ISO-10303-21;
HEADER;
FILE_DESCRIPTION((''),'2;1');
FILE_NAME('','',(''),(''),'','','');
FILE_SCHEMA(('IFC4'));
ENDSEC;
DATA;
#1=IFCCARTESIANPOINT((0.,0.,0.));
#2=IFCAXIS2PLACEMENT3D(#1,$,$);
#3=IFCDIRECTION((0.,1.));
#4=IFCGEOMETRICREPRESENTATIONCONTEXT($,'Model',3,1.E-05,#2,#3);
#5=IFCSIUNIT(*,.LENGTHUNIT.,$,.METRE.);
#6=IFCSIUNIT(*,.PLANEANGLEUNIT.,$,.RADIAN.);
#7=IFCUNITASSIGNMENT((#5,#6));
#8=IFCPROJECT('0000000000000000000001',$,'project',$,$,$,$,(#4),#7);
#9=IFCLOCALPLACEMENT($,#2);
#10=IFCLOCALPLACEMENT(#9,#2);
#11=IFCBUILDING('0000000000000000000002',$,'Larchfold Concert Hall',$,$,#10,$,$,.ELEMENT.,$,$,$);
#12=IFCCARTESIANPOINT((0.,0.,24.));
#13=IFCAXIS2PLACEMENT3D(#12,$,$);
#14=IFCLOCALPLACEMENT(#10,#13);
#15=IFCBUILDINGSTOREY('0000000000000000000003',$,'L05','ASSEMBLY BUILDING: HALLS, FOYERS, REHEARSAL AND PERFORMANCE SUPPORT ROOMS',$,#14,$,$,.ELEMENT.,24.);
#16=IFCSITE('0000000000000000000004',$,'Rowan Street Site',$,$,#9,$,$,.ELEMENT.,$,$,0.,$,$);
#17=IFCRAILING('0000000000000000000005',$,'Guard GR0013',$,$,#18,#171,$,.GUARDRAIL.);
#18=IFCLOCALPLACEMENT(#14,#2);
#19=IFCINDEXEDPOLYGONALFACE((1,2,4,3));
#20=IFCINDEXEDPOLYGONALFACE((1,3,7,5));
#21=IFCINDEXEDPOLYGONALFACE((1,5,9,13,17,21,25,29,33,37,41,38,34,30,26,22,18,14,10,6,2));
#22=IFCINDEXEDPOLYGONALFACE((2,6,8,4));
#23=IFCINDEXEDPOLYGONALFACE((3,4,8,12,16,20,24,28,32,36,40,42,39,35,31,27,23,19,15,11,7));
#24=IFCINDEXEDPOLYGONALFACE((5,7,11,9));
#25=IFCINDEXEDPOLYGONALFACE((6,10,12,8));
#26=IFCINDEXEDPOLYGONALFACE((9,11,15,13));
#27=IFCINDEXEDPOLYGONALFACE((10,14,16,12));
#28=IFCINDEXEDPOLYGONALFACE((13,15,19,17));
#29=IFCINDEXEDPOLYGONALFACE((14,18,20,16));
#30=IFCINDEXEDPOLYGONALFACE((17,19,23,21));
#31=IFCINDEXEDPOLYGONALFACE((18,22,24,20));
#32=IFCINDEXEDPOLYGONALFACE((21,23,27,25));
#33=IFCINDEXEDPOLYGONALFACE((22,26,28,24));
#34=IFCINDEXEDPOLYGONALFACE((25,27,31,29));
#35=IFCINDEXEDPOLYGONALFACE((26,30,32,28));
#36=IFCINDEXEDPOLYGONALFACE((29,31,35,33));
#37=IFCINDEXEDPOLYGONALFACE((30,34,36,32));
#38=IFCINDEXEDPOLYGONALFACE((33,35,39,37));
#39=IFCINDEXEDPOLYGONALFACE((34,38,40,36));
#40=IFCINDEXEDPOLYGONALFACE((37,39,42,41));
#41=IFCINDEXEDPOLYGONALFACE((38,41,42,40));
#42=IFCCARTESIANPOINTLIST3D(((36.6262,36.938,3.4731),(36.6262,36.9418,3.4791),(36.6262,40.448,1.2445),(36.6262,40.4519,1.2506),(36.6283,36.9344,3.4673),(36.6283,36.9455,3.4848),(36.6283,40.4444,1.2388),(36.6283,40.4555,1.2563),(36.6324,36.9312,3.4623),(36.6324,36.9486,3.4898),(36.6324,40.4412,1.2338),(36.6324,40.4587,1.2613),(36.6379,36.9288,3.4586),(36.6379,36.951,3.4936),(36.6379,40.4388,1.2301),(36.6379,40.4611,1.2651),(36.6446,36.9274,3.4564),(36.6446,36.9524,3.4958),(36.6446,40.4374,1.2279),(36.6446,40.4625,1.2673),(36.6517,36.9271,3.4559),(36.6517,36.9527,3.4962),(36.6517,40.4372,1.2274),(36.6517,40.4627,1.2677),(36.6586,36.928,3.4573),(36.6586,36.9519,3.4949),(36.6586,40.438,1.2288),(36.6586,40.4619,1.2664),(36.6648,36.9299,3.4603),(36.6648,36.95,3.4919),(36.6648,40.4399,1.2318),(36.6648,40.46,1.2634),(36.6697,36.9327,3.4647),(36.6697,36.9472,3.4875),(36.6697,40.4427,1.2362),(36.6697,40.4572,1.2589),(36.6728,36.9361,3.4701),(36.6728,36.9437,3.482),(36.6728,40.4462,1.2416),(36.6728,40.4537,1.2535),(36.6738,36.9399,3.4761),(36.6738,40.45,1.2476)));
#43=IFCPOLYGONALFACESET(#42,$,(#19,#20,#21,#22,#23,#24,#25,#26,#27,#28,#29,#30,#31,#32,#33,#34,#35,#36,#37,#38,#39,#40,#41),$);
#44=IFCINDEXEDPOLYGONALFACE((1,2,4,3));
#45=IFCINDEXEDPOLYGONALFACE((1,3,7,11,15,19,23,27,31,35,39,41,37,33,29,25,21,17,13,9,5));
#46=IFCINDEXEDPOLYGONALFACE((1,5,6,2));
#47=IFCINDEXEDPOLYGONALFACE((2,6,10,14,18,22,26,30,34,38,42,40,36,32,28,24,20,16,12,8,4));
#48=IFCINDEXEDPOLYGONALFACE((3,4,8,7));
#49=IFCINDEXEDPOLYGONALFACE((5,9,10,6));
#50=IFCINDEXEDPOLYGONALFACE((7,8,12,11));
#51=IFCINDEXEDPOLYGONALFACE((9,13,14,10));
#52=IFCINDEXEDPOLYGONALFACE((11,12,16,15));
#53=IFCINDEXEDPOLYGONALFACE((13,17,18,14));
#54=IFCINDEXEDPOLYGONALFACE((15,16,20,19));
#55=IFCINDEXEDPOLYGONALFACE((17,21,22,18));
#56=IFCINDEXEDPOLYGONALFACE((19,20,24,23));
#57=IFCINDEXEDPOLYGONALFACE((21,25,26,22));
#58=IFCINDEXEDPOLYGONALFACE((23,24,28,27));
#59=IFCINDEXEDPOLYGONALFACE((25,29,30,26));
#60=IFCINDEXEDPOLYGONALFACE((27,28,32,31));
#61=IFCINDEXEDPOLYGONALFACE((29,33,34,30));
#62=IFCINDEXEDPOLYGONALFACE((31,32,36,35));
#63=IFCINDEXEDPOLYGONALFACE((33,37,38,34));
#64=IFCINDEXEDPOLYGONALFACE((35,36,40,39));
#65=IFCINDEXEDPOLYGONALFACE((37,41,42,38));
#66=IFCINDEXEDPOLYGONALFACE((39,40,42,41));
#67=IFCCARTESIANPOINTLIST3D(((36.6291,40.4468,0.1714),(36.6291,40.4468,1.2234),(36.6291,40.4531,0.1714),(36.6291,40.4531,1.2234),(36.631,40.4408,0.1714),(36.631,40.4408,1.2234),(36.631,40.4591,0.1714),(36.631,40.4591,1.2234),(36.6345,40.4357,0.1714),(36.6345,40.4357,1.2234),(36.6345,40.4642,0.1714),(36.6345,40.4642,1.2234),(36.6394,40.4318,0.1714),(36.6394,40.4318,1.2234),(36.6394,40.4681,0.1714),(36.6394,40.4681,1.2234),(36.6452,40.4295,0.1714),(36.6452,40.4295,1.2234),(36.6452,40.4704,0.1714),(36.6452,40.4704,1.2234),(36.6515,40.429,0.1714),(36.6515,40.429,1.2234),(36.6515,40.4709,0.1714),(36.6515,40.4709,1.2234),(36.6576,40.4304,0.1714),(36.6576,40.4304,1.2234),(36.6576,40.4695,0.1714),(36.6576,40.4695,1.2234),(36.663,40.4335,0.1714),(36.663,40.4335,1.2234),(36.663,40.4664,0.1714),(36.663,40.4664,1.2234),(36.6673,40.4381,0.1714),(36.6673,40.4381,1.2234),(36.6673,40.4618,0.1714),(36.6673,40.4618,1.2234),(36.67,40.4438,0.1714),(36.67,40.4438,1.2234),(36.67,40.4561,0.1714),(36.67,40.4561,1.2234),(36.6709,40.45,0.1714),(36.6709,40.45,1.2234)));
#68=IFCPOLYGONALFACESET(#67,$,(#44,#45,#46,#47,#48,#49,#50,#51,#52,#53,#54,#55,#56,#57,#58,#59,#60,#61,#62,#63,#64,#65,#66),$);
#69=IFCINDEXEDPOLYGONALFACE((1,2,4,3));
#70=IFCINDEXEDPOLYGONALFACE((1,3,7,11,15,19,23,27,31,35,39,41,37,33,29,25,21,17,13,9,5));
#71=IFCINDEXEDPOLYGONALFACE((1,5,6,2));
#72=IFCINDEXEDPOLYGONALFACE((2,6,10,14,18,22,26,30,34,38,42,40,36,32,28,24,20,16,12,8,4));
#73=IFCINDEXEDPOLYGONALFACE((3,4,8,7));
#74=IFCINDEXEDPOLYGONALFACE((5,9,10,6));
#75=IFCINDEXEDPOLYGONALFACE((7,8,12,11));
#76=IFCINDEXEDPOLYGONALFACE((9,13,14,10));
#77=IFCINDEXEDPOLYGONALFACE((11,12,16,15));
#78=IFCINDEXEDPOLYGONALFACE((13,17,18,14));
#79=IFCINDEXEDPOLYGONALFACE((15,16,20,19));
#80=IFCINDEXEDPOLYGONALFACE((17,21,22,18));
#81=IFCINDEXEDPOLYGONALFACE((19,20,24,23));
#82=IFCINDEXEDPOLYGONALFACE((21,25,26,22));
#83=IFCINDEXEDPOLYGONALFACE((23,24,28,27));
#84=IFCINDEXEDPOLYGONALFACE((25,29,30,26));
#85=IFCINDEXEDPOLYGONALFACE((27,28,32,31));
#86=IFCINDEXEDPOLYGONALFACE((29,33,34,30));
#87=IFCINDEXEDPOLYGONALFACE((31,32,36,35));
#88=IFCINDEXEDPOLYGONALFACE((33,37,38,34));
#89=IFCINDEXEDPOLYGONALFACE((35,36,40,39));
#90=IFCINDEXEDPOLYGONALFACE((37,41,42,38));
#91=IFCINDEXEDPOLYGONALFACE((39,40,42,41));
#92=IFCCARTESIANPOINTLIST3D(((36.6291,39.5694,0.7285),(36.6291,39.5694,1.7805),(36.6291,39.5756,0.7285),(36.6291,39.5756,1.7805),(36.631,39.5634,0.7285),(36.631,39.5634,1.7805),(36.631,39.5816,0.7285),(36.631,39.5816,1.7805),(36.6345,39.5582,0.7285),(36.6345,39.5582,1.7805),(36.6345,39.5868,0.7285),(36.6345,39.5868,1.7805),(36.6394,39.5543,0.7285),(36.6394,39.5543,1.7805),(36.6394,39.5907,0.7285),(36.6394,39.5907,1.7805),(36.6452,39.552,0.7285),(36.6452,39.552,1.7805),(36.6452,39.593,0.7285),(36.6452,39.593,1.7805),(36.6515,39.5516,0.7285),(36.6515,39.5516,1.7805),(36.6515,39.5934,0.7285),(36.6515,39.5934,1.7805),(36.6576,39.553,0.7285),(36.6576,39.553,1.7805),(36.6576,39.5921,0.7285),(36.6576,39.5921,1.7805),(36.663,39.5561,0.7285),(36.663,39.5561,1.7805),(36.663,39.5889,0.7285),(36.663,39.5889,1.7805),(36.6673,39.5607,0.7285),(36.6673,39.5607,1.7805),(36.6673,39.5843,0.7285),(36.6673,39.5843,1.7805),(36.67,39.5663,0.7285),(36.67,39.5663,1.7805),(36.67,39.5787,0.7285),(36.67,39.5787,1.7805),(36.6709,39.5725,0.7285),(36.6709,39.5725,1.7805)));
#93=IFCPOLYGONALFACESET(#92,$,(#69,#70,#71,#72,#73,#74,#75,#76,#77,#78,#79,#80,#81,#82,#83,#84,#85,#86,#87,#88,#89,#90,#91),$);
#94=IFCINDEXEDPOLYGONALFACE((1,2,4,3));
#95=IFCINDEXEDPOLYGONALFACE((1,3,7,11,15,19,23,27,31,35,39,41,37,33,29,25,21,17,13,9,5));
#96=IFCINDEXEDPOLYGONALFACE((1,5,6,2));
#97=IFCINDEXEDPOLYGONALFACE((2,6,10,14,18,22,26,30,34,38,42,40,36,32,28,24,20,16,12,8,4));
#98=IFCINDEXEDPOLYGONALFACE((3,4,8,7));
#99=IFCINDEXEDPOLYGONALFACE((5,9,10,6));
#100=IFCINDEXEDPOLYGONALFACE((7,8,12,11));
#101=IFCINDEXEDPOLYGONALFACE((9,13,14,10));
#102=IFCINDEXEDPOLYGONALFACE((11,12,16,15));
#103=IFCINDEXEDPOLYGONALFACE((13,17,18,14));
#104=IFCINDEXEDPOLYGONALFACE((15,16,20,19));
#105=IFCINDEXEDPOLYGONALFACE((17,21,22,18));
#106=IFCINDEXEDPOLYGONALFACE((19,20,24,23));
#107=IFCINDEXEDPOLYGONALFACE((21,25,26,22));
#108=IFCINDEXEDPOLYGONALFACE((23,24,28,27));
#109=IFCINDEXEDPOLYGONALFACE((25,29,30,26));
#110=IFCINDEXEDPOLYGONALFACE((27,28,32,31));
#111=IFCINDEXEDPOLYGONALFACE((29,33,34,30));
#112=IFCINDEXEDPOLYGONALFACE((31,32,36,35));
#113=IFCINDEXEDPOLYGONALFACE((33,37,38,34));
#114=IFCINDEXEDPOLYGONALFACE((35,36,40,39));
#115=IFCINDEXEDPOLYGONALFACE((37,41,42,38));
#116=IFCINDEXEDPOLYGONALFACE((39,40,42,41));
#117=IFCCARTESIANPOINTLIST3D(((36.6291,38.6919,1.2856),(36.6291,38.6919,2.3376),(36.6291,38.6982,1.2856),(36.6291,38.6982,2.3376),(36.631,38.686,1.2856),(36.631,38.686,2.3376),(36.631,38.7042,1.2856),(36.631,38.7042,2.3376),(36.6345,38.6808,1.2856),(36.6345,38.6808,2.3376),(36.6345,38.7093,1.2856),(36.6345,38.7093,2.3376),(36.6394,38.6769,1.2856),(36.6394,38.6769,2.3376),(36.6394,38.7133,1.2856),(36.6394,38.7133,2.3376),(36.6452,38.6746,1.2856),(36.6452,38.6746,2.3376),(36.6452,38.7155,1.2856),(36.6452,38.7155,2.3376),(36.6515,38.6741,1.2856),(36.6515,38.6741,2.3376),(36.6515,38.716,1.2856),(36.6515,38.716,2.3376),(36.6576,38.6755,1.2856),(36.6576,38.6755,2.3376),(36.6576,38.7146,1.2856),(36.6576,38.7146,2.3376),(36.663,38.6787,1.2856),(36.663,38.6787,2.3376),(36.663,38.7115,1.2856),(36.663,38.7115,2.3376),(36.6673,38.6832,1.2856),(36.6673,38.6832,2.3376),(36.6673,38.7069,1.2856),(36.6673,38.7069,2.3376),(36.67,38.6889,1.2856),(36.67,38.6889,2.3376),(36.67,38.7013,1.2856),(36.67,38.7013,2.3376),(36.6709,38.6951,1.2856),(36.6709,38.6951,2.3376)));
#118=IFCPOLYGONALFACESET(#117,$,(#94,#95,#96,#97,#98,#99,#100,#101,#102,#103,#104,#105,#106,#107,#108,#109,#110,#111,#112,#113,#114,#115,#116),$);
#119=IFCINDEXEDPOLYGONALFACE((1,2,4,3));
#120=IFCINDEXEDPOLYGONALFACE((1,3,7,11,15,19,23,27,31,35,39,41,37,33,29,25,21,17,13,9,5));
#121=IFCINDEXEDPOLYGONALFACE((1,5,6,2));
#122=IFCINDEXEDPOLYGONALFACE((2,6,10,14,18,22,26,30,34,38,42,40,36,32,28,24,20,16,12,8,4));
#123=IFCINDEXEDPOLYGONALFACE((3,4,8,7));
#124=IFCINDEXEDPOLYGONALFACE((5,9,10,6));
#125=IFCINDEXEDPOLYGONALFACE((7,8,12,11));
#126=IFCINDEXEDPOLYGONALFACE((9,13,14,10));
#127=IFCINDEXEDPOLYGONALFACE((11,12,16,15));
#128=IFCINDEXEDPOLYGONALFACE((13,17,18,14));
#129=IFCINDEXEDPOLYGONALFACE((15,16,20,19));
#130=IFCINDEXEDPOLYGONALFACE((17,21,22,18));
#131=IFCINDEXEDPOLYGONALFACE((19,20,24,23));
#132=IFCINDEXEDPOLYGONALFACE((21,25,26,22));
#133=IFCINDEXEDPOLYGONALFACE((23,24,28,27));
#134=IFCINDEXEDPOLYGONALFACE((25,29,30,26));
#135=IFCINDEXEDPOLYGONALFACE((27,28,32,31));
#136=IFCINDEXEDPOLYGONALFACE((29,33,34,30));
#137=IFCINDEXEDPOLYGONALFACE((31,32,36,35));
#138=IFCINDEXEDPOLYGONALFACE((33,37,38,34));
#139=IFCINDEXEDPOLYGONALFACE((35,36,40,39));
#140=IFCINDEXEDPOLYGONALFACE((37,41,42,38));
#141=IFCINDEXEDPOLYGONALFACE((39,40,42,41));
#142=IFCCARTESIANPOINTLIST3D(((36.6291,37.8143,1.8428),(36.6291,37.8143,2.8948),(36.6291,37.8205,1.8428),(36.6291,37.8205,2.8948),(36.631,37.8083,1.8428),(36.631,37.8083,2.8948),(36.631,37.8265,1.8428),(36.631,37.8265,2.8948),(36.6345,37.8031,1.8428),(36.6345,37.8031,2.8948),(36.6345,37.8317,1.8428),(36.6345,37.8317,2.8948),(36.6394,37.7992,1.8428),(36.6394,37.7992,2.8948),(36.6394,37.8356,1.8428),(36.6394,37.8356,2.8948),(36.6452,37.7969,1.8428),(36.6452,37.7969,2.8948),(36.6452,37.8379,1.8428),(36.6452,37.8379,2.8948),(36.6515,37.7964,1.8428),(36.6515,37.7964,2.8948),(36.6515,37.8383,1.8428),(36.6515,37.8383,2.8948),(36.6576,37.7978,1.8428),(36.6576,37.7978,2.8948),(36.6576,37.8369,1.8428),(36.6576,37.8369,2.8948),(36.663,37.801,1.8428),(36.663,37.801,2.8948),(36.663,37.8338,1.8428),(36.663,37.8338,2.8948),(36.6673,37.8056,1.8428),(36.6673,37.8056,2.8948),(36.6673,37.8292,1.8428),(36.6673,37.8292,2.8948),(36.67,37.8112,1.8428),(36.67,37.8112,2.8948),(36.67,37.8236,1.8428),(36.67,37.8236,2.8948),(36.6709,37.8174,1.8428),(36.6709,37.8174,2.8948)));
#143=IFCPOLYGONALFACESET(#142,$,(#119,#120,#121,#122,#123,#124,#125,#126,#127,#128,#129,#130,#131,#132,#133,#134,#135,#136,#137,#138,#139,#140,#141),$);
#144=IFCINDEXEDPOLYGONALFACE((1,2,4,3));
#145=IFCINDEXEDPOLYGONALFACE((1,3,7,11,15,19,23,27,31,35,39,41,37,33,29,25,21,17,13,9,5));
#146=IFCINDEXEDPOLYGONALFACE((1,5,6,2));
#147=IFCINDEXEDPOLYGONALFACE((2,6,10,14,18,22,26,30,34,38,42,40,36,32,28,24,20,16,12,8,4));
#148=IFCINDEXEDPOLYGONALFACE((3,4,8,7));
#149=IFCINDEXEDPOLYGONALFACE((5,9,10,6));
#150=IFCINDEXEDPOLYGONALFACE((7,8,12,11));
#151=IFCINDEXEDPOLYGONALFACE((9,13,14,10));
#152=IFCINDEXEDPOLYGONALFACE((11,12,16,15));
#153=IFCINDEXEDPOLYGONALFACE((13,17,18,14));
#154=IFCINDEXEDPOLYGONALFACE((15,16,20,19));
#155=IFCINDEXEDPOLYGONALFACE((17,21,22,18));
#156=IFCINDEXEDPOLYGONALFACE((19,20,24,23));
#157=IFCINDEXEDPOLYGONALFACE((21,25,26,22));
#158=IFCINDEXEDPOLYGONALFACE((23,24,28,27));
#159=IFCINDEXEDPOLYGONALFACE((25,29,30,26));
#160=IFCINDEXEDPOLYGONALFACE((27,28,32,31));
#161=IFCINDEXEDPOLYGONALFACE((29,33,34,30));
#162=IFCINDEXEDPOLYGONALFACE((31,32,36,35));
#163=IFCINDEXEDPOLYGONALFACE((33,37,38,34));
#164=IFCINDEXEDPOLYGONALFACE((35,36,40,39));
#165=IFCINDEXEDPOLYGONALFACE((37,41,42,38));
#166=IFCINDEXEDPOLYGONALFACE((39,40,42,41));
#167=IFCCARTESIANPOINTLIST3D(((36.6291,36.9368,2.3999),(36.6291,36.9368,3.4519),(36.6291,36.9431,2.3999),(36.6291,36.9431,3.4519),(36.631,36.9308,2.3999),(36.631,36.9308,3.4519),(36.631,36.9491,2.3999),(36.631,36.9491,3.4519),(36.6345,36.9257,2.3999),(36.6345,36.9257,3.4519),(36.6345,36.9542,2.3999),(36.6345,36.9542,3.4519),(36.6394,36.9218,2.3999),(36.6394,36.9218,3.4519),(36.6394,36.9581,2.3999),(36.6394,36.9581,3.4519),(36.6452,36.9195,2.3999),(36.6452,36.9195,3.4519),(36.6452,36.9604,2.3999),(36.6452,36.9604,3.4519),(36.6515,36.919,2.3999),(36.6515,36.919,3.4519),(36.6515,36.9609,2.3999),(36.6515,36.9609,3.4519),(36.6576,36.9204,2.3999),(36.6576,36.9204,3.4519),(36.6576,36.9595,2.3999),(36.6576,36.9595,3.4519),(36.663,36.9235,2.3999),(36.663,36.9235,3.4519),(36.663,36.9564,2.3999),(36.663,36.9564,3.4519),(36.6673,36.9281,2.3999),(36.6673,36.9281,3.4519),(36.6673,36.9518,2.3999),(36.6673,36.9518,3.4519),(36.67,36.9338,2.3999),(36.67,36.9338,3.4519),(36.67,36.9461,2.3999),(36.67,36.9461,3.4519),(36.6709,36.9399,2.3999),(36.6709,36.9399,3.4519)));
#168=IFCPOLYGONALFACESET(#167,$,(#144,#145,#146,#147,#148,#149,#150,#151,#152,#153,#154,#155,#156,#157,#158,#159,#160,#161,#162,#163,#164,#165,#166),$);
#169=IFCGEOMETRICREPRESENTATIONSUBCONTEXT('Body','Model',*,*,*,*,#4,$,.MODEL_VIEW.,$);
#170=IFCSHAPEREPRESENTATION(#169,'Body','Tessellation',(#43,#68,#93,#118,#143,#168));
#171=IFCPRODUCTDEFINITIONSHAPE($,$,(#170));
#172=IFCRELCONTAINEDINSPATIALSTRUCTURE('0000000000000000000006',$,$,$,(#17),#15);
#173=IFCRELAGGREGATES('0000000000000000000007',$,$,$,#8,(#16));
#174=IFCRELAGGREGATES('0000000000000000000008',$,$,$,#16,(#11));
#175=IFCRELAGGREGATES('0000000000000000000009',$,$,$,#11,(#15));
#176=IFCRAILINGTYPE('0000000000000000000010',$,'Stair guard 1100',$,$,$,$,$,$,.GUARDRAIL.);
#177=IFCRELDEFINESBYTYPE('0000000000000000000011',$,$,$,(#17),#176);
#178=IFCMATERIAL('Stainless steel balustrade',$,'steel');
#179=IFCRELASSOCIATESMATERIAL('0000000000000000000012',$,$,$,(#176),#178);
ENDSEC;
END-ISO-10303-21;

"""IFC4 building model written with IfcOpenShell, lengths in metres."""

from ifc_helpers import new_model, si_unit, direction, frame, origin, origin_2d, place, context, subcontext, project, spatial, circle, extrude, material, type_object, element, save


model = new_model("IFC4")

# Units and contexts
model_context = context("Model", 3, precision=1e-05, world=origin(), true_north=direction((0.0, 1.0)))
body_context = subcontext(model_context, "Body", "Model", "MODEL_VIEW")
ifc_project = project(units=[si_unit("LENGTHUNIT", "METRE"), si_unit("PLANEANGLEUNIT", "RADIAN")], contexts=[model_context])

# Site, building, storey
site_placement = place(None, origin())
site = spatial("IfcSite", under=ifc_project, at=site_placement, Name="Rowan Street Site", CompositionType="ELEMENT", RefElevation=0.0)
building_placement = place(site_placement, origin())
building = spatial("IfcBuilding", under=site, at=building_placement, Name="Larchfold Concert Hall", CompositionType="ELEMENT")
storey_placement = place(building_placement, frame((0.0, 0.0, 24.0)))
storey = spatial("IfcBuildingStorey", under=building, at=storey_placement, Name="L05", Description="ASSEMBLY BUILDING: HALLS, FOYERS, REHEARSAL AND PERFORMANCE SUPPORT ROOMS", CompositionType="ELEMENT", Elevation=24.0)

# Railing
ifc_material_1 = material(Name="Stainless steel balustrade", Category="steel")
railing_type_1 = type_object("IfcRailingType", Name="Stair guard 1100", PredefinedType="GUARDRAIL", material=ifc_material_1)
railing_1_placement = place(storey_placement, frame((36.6499, 40.45, 0.1714)))
element("IfcRailing", 1, at=railing_1_placement, inside=storey, type_object=railing_type_1, Name="Guard GR0013", PredefinedType="GUARDRAIL", context=body_context, shape_type="SweptSolid", body=[
    extrude(circle(Radius=0.0239, at=origin_2d()), frame((0.0, 0.0, 1.0762), z_axis=(0.0, -0.84422, 0.535998), x_axis=(1.0, 0.0, 0.0)), (0.0, 0.0, 1.0), 4.1577),
    extrude(circle(Radius=0.021, at=origin_2d()), origin(), (0.0, 0.0, 1.0), 1.052),
    extrude(circle(Radius=0.021, at=origin_2d()), frame((0.0, -0.8774, 0.5571)), (0.0, 0.0, 1.0), 1.052),
    extrude(circle(Radius=0.021, at=origin_2d()), frame((0.0, -1.7549, 1.1143)), (0.0, 0.0, 1.0), 1.052),
    extrude(circle(Radius=0.021, at=origin_2d()), frame((0.0, -2.6326, 1.6714)), (0.0, 0.0, 1.0), 1.052),
    extrude(circle(Radius=0.021, at=origin_2d()), frame((0.0, -3.51, 2.2285)), (0.0, 0.0, 1.0), 1.052),
])

save(model, "model.ifc")
